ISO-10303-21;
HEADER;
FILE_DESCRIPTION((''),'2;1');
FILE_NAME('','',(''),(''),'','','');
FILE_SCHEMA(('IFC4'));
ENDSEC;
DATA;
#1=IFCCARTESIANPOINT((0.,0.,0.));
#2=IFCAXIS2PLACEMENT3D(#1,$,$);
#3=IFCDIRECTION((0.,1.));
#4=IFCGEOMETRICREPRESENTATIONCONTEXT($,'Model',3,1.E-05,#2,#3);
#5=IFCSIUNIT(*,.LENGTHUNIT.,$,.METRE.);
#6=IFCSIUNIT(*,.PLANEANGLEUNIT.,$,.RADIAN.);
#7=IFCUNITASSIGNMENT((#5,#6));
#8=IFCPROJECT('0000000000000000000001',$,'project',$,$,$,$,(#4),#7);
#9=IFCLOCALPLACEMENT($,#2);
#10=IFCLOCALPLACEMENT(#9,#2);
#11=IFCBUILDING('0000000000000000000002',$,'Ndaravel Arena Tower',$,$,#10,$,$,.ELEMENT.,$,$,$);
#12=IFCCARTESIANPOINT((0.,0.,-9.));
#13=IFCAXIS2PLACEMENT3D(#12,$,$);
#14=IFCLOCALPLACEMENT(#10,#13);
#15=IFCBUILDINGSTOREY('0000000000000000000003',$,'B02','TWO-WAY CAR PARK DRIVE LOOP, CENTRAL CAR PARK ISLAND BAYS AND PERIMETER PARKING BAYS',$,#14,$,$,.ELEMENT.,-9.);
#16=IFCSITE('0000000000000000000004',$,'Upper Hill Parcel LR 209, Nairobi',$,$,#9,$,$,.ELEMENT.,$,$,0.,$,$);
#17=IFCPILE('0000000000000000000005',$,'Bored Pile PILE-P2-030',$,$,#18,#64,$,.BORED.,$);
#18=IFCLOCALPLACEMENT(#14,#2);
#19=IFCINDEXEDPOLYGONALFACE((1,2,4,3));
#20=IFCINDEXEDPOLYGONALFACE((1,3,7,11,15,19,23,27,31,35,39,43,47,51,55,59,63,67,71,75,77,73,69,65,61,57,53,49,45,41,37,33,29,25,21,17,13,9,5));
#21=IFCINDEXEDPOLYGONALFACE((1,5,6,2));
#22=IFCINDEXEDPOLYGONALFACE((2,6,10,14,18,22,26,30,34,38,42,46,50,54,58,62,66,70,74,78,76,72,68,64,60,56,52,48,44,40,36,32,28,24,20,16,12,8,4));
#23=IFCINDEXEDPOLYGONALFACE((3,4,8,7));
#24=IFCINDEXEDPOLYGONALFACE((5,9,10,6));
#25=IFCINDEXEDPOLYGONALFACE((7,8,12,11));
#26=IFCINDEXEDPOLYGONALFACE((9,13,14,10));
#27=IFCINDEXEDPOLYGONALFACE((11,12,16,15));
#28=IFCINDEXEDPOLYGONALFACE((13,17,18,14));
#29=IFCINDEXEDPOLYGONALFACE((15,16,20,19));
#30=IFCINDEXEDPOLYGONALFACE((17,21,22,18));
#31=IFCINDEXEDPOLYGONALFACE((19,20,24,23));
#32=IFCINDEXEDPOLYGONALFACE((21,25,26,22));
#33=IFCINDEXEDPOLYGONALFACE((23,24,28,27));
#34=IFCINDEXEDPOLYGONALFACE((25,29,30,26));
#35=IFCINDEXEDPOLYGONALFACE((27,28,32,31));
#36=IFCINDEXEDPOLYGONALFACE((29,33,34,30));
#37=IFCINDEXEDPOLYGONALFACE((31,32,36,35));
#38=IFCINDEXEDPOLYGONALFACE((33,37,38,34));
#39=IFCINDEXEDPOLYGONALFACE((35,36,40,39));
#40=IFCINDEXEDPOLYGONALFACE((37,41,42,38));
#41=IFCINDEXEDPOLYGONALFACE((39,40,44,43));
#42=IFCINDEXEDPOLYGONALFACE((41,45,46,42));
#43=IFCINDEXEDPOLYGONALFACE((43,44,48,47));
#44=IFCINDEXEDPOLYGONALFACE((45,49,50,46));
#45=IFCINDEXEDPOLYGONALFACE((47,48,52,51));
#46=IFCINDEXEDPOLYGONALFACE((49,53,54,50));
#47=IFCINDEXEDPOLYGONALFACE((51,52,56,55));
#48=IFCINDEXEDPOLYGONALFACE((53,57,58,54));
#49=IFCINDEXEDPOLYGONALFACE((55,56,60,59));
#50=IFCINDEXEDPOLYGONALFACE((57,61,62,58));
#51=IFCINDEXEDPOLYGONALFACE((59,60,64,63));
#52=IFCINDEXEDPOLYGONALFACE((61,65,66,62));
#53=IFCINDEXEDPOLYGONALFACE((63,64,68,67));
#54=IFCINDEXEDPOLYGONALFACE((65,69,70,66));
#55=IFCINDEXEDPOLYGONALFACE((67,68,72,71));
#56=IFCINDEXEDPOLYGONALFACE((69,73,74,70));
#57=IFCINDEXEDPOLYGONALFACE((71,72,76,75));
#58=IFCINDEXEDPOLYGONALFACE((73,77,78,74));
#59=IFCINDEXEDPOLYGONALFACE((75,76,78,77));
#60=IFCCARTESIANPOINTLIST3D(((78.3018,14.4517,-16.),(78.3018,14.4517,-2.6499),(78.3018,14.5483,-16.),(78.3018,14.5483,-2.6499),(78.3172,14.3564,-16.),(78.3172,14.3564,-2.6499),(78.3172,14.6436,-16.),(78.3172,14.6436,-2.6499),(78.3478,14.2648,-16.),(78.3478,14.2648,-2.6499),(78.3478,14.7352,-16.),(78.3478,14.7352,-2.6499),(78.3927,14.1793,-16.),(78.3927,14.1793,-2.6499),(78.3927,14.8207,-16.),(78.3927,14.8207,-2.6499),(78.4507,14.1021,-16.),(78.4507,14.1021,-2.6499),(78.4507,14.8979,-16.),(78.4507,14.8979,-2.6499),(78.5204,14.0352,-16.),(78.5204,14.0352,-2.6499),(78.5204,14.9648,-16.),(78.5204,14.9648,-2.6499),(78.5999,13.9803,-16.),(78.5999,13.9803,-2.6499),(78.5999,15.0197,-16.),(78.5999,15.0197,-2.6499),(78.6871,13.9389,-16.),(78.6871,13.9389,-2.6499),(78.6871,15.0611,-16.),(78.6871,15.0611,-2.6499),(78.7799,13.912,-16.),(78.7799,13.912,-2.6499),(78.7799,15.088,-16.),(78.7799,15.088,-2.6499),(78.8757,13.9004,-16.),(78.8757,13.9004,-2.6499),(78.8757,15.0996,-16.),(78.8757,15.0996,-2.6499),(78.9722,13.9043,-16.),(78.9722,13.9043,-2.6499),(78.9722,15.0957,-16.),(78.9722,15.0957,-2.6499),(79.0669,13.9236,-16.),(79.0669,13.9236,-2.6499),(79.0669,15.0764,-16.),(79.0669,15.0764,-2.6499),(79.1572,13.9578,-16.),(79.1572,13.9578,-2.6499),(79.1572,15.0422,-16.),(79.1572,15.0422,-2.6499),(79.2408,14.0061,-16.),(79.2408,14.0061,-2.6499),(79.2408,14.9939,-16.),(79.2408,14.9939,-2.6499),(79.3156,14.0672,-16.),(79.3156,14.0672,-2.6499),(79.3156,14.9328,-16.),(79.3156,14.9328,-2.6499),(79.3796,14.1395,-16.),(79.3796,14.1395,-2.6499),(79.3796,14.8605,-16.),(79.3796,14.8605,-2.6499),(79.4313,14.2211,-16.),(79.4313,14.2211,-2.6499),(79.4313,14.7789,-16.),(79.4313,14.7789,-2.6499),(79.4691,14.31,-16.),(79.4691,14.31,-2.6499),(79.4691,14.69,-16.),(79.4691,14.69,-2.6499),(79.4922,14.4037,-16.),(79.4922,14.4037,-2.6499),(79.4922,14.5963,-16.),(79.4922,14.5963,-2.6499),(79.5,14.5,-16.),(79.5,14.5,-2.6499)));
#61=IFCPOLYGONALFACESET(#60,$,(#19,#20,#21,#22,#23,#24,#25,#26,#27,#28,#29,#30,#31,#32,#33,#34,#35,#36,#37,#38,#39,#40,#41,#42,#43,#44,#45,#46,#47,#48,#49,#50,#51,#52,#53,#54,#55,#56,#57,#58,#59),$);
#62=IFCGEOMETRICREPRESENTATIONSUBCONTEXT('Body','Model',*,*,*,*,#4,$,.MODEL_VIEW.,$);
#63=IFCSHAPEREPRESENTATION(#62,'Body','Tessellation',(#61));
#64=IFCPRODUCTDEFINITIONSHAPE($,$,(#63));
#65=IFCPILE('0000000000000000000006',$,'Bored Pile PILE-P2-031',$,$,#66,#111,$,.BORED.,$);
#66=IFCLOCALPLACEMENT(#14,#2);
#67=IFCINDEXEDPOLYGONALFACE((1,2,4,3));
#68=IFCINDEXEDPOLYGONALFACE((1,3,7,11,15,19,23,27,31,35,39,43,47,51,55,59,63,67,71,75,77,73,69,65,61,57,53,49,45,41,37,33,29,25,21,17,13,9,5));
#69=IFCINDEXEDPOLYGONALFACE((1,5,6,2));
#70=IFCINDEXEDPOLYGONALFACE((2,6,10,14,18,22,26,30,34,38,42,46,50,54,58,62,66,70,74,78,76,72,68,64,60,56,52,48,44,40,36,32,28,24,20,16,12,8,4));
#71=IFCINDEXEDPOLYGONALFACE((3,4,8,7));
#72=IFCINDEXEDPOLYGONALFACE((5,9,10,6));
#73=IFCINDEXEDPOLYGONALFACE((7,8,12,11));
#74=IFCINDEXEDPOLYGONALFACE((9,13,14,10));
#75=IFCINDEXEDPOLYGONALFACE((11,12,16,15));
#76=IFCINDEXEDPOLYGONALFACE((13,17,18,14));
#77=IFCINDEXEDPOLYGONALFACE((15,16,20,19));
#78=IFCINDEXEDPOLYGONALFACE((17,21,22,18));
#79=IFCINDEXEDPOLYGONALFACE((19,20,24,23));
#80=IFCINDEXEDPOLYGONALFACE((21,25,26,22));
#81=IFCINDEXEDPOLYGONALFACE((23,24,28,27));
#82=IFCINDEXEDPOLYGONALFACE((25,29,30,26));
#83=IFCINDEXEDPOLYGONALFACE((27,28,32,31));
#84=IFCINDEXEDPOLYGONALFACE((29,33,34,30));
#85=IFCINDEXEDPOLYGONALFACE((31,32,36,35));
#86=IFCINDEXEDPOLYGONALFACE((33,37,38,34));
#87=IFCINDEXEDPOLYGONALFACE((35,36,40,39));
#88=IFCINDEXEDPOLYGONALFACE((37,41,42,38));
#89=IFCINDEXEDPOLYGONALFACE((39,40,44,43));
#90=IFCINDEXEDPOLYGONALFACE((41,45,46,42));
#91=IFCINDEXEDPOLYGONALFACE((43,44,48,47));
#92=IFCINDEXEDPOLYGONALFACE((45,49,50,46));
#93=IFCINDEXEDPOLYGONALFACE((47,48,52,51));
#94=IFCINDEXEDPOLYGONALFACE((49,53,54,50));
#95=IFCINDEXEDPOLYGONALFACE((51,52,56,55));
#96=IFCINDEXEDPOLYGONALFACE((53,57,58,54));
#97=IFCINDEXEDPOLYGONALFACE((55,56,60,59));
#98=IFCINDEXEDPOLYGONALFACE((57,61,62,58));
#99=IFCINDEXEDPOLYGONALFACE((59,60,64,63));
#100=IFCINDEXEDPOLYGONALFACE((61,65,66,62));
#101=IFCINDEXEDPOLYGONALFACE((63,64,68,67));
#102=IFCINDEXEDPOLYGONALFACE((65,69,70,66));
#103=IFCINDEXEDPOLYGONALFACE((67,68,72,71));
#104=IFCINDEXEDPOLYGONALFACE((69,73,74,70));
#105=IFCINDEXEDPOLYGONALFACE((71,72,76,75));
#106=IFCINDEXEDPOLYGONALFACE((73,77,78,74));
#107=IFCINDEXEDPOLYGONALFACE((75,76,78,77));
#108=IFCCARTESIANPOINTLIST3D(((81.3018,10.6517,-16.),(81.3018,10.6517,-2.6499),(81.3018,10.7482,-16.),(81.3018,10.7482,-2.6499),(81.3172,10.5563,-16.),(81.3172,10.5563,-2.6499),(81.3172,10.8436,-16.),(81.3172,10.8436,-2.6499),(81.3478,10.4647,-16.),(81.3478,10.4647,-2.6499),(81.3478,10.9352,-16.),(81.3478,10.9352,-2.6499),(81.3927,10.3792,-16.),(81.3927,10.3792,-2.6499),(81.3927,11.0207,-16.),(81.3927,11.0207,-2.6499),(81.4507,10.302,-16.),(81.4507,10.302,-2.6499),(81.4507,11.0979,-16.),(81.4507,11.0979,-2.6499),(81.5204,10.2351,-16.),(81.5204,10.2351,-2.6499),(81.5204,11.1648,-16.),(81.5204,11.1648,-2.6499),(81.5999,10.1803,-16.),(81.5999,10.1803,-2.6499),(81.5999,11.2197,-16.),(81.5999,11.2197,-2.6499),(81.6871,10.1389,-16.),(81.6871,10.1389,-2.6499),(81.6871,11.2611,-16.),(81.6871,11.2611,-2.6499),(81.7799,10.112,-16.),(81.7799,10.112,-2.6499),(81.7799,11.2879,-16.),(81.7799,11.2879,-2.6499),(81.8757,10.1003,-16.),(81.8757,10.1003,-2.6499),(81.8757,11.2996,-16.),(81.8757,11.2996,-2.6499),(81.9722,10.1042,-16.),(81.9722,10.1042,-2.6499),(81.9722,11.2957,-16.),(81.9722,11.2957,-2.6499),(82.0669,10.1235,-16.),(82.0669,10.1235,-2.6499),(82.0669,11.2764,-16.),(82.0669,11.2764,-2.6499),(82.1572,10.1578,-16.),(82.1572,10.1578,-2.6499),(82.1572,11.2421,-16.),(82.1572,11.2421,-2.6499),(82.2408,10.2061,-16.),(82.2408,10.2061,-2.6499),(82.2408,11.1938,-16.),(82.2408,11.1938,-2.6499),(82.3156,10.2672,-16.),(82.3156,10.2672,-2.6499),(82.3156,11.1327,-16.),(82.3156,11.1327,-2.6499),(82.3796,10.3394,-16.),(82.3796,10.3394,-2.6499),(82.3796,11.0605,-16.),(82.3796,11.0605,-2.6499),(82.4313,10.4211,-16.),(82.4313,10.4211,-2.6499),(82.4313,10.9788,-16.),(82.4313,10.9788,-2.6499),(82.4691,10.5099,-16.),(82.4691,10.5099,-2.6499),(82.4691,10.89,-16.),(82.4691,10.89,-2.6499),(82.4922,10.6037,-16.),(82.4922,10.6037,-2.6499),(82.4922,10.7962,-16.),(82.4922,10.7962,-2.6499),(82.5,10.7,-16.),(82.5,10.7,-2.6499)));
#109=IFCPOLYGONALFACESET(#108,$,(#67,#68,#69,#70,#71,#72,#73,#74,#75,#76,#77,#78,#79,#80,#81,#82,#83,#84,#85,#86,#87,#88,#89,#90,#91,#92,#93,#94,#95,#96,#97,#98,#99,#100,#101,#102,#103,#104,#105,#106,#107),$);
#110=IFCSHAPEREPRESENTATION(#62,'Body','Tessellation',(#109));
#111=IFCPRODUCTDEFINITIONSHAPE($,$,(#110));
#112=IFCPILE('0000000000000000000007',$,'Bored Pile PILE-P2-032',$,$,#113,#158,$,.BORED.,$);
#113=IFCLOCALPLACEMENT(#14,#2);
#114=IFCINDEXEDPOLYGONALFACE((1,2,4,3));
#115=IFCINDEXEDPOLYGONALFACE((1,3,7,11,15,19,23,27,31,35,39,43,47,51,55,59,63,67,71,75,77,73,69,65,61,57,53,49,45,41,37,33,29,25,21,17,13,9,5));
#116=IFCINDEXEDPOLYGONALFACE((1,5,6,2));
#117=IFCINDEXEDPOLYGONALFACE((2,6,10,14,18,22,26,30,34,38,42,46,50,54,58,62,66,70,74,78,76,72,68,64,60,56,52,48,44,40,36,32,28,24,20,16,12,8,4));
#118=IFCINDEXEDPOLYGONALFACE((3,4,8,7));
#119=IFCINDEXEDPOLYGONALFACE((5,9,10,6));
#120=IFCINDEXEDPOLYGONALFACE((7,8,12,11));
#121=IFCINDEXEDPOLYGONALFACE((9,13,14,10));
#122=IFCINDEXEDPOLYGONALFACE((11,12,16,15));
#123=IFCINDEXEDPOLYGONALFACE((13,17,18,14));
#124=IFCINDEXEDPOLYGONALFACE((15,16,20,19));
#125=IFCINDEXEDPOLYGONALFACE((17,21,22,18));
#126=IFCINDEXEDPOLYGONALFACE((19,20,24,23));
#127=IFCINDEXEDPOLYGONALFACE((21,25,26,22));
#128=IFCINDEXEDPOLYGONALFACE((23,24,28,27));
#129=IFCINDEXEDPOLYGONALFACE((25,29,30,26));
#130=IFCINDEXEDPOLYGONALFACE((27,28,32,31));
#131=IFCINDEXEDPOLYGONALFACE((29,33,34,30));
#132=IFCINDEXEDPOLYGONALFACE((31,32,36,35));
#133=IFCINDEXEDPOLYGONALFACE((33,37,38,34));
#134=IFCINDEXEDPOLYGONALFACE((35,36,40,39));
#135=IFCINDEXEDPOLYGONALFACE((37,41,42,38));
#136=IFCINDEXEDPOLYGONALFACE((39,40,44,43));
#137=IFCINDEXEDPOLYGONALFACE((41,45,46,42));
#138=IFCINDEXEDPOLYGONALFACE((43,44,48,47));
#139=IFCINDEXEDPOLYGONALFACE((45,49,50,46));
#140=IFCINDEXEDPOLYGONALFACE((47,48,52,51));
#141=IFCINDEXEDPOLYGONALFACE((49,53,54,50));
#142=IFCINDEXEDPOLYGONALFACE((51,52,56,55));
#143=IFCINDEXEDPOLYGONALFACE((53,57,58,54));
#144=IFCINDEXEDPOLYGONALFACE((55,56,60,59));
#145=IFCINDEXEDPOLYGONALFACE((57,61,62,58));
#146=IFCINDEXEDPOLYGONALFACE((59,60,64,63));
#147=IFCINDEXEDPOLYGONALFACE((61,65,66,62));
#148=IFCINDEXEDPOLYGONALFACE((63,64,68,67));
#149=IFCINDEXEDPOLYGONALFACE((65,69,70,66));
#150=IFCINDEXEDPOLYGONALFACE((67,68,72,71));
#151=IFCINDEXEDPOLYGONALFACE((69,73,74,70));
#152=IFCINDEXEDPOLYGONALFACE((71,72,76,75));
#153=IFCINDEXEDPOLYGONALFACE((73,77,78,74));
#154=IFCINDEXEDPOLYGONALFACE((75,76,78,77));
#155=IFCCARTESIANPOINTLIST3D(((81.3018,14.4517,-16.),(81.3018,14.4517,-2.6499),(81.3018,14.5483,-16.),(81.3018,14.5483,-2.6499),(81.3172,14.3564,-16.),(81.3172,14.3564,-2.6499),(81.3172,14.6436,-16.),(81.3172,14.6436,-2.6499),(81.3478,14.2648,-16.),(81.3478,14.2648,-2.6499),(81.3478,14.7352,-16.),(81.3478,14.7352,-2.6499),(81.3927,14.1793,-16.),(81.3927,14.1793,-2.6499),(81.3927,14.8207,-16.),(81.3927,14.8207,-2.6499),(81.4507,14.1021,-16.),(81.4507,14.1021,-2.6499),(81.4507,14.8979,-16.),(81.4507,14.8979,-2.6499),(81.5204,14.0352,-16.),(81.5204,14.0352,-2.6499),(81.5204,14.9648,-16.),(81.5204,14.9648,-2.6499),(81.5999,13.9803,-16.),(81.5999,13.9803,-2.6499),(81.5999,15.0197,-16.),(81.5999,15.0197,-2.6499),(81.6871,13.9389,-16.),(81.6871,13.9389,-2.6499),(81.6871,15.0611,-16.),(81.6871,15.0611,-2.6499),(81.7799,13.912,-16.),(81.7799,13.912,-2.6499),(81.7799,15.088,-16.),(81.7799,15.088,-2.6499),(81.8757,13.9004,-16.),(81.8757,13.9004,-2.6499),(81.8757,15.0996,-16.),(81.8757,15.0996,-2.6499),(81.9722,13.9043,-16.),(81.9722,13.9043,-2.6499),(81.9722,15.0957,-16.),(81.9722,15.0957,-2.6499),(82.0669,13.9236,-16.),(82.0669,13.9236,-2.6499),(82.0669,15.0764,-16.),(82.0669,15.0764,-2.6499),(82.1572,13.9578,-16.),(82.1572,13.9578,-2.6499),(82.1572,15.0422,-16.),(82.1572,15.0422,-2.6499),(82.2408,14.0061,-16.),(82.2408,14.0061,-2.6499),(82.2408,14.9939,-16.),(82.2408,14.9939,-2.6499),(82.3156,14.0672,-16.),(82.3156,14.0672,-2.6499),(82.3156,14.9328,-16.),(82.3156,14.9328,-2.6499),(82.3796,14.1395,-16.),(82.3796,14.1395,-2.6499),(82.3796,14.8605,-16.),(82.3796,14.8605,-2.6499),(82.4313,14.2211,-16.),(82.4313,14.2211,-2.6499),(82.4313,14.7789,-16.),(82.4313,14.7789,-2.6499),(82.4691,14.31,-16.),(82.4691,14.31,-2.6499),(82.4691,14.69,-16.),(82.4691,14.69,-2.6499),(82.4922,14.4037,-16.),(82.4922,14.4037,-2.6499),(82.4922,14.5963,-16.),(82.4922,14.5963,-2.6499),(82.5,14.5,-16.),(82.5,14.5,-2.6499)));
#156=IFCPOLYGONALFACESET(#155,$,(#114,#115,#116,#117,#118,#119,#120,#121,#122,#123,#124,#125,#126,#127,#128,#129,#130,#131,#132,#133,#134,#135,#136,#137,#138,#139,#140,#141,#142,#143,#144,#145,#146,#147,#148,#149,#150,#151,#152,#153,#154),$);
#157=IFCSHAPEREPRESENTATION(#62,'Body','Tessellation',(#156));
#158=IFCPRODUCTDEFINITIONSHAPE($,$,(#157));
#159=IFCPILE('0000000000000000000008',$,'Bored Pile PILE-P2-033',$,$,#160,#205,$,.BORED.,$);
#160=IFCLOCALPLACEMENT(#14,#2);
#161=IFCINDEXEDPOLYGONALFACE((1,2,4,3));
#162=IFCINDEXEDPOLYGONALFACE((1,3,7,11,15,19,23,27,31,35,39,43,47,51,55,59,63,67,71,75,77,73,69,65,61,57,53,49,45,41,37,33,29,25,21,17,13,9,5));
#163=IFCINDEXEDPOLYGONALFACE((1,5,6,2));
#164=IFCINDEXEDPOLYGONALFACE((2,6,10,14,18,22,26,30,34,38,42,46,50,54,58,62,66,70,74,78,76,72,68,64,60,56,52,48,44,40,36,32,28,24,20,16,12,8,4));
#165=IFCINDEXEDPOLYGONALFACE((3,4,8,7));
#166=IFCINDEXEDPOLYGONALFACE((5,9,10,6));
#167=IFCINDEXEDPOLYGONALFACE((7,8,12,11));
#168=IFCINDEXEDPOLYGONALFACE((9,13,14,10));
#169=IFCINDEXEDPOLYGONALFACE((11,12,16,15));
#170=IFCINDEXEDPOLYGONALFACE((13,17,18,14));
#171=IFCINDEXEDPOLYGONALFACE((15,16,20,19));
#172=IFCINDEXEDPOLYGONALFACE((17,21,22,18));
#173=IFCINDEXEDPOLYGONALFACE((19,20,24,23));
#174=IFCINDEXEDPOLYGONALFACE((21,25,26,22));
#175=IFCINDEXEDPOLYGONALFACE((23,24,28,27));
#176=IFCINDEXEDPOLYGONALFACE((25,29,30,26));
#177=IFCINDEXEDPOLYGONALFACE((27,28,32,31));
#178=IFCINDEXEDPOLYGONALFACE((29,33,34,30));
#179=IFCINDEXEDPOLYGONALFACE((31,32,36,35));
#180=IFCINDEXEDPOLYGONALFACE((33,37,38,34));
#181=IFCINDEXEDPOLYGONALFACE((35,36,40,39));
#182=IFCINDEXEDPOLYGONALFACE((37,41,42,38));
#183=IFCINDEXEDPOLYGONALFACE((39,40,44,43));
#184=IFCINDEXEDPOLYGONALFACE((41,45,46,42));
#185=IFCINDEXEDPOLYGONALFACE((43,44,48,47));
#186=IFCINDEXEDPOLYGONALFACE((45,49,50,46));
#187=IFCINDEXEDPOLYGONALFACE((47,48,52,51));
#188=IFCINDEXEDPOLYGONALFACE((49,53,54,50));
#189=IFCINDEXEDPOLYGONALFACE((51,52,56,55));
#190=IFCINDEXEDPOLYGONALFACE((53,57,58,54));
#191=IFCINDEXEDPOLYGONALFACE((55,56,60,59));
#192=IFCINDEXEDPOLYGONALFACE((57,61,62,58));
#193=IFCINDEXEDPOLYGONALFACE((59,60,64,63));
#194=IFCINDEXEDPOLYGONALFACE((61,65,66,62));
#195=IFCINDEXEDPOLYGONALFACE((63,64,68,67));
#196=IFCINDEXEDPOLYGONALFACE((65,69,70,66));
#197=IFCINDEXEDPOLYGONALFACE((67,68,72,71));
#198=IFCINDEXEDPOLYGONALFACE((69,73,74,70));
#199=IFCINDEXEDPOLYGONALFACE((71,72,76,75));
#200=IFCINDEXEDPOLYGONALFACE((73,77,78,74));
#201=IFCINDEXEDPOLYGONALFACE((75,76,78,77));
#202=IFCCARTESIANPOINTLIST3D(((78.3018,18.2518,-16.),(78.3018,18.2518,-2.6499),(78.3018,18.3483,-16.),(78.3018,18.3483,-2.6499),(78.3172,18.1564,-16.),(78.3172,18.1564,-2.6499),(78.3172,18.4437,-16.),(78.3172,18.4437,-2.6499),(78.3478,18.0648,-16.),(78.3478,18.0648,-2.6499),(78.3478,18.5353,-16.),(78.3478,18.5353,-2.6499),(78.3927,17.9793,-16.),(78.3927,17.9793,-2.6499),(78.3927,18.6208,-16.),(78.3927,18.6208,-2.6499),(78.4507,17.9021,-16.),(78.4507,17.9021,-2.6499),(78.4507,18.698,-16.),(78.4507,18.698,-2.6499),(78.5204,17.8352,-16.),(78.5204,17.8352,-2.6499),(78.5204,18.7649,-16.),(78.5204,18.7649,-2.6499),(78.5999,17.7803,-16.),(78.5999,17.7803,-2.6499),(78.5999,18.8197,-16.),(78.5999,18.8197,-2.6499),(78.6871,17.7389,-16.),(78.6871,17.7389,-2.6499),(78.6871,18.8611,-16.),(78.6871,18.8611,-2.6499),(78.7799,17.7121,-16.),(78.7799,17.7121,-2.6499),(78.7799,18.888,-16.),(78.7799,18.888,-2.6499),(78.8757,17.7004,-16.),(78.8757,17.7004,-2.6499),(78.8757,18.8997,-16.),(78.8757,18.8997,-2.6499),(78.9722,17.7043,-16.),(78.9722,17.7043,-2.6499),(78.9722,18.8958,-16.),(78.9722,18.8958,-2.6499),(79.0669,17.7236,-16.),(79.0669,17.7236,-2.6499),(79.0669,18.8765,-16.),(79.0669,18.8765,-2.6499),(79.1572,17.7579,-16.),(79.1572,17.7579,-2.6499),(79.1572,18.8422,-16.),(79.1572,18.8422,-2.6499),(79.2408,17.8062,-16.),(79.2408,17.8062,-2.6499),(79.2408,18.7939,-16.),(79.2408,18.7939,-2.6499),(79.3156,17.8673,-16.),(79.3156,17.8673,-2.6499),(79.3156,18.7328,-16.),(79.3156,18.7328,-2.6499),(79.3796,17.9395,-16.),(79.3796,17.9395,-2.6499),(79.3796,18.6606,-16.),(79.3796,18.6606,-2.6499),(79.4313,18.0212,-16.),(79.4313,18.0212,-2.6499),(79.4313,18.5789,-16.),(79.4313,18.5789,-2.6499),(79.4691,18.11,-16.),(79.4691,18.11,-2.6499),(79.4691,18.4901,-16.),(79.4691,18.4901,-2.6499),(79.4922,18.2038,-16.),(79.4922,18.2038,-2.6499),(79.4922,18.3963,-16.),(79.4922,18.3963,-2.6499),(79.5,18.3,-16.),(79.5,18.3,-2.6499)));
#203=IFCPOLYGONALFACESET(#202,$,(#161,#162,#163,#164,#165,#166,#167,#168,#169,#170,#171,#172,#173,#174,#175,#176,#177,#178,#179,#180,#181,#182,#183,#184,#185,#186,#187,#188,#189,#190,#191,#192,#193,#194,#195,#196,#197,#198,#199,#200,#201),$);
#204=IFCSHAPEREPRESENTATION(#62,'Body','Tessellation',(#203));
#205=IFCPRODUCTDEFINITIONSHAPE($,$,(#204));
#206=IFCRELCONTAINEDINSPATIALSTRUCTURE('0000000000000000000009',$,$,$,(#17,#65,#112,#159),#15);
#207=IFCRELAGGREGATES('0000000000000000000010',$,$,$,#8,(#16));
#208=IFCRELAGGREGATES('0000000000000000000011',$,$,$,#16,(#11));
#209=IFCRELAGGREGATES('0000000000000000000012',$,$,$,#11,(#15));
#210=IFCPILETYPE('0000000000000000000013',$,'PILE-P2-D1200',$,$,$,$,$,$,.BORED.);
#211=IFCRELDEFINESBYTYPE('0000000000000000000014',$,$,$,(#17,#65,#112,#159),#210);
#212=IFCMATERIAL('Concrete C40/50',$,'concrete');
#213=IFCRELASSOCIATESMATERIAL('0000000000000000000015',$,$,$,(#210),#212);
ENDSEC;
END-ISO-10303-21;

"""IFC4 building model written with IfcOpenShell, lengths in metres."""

from ifc_helpers import new_model, si_unit, direction, frame, origin, origin_2d, place, context, subcontext, project, spatial, circle, extrude, material, material_profile, profile_set, type_object, element, save


model = new_model("IFC4")

# Units and contexts
model_context = context("Model", 3, precision=1e-05, world=origin(), true_north=direction((0.0, 1.0)))
body_context = subcontext(model_context, "Body", "Model", "MODEL_VIEW")
ifc_project = project(units=[si_unit("LENGTHUNIT", "METRE"), si_unit("PLANEANGLEUNIT", "RADIAN")], contexts=[model_context])

# Site, building, storey
site_placement = place(None, origin())
site = spatial("IfcSite", under=ifc_project, at=site_placement, Name="Upper Hill Parcel LR 209, Nairobi", CompositionType="ELEMENT", RefElevation=0.0)
building_placement = place(site_placement, origin())
building = spatial("IfcBuilding", under=site, at=building_placement, Name="Ndaravel Arena Tower", CompositionType="ELEMENT")
storey_placement = place(building_placement, frame((0.0, 0.0, -9.0)))
storey = spatial("IfcBuildingStorey", under=building, at=storey_placement, Name="B02", Description="TWO-WAY CAR PARK DRIVE LOOP, CENTRAL CAR PARK ISLAND BAYS AND PERIMETER PARKING BAYS", CompositionType="ELEMENT", Elevation=-9.0)

# Piles
ifc_material_1 = material(Name="Concrete C40/50", Category="concrete")
ifc_material_profile_1 = material_profile(ifc_material_1, circle(Radius=0.6001, at=origin_2d()), Name="BORED PILE D1200")
ifc_profile_set_1 = profile_set([ifc_material_profile_1], Name="Concrete C40/50")
pile_type = type_object("IfcPileType", Name="PILE-P2-D1200", PredefinedType="BORED", material=ifc_profile_set_1)
for number, where, z_axis, x_axis, name in (
    (1, (78.8999, 14.5, -2.6499), (0.0, 0.0, -1.0), (1.0, 0.0, 0.0), "Bored Pile PILE-P2-030"),
    (2, (81.8999, 10.7, -2.6499), (0.0, 0.0, -1.0), (1.0, 0.0, 0.0), "Bored Pile PILE-P2-031"),
    (3, (81.8999, 14.5, -2.6499), (0.0, 0.0, -1.0), (1.0, 0.0, 0.0), "Bored Pile PILE-P2-032"),
    (4, (78.8999, 18.3, -2.6499), (0.0, 0.0, -1.0), (1.0, 0.0, 0.0), "Bored Pile PILE-P2-033"),
):
    element("IfcPile", number, at=place(storey_placement, frame(where, z_axis=z_axis, x_axis=x_axis)), inside=storey, type_object=pile_type, Name=name, PredefinedType="BORED", context=body_context, shape_type="SweptSolid", body=[
        extrude(circle(Radius=0.6001, at=origin_2d()), origin(), (0.0, 0.0, 1.0), 13.3501),
    ])

save(model, "model.ifc")
